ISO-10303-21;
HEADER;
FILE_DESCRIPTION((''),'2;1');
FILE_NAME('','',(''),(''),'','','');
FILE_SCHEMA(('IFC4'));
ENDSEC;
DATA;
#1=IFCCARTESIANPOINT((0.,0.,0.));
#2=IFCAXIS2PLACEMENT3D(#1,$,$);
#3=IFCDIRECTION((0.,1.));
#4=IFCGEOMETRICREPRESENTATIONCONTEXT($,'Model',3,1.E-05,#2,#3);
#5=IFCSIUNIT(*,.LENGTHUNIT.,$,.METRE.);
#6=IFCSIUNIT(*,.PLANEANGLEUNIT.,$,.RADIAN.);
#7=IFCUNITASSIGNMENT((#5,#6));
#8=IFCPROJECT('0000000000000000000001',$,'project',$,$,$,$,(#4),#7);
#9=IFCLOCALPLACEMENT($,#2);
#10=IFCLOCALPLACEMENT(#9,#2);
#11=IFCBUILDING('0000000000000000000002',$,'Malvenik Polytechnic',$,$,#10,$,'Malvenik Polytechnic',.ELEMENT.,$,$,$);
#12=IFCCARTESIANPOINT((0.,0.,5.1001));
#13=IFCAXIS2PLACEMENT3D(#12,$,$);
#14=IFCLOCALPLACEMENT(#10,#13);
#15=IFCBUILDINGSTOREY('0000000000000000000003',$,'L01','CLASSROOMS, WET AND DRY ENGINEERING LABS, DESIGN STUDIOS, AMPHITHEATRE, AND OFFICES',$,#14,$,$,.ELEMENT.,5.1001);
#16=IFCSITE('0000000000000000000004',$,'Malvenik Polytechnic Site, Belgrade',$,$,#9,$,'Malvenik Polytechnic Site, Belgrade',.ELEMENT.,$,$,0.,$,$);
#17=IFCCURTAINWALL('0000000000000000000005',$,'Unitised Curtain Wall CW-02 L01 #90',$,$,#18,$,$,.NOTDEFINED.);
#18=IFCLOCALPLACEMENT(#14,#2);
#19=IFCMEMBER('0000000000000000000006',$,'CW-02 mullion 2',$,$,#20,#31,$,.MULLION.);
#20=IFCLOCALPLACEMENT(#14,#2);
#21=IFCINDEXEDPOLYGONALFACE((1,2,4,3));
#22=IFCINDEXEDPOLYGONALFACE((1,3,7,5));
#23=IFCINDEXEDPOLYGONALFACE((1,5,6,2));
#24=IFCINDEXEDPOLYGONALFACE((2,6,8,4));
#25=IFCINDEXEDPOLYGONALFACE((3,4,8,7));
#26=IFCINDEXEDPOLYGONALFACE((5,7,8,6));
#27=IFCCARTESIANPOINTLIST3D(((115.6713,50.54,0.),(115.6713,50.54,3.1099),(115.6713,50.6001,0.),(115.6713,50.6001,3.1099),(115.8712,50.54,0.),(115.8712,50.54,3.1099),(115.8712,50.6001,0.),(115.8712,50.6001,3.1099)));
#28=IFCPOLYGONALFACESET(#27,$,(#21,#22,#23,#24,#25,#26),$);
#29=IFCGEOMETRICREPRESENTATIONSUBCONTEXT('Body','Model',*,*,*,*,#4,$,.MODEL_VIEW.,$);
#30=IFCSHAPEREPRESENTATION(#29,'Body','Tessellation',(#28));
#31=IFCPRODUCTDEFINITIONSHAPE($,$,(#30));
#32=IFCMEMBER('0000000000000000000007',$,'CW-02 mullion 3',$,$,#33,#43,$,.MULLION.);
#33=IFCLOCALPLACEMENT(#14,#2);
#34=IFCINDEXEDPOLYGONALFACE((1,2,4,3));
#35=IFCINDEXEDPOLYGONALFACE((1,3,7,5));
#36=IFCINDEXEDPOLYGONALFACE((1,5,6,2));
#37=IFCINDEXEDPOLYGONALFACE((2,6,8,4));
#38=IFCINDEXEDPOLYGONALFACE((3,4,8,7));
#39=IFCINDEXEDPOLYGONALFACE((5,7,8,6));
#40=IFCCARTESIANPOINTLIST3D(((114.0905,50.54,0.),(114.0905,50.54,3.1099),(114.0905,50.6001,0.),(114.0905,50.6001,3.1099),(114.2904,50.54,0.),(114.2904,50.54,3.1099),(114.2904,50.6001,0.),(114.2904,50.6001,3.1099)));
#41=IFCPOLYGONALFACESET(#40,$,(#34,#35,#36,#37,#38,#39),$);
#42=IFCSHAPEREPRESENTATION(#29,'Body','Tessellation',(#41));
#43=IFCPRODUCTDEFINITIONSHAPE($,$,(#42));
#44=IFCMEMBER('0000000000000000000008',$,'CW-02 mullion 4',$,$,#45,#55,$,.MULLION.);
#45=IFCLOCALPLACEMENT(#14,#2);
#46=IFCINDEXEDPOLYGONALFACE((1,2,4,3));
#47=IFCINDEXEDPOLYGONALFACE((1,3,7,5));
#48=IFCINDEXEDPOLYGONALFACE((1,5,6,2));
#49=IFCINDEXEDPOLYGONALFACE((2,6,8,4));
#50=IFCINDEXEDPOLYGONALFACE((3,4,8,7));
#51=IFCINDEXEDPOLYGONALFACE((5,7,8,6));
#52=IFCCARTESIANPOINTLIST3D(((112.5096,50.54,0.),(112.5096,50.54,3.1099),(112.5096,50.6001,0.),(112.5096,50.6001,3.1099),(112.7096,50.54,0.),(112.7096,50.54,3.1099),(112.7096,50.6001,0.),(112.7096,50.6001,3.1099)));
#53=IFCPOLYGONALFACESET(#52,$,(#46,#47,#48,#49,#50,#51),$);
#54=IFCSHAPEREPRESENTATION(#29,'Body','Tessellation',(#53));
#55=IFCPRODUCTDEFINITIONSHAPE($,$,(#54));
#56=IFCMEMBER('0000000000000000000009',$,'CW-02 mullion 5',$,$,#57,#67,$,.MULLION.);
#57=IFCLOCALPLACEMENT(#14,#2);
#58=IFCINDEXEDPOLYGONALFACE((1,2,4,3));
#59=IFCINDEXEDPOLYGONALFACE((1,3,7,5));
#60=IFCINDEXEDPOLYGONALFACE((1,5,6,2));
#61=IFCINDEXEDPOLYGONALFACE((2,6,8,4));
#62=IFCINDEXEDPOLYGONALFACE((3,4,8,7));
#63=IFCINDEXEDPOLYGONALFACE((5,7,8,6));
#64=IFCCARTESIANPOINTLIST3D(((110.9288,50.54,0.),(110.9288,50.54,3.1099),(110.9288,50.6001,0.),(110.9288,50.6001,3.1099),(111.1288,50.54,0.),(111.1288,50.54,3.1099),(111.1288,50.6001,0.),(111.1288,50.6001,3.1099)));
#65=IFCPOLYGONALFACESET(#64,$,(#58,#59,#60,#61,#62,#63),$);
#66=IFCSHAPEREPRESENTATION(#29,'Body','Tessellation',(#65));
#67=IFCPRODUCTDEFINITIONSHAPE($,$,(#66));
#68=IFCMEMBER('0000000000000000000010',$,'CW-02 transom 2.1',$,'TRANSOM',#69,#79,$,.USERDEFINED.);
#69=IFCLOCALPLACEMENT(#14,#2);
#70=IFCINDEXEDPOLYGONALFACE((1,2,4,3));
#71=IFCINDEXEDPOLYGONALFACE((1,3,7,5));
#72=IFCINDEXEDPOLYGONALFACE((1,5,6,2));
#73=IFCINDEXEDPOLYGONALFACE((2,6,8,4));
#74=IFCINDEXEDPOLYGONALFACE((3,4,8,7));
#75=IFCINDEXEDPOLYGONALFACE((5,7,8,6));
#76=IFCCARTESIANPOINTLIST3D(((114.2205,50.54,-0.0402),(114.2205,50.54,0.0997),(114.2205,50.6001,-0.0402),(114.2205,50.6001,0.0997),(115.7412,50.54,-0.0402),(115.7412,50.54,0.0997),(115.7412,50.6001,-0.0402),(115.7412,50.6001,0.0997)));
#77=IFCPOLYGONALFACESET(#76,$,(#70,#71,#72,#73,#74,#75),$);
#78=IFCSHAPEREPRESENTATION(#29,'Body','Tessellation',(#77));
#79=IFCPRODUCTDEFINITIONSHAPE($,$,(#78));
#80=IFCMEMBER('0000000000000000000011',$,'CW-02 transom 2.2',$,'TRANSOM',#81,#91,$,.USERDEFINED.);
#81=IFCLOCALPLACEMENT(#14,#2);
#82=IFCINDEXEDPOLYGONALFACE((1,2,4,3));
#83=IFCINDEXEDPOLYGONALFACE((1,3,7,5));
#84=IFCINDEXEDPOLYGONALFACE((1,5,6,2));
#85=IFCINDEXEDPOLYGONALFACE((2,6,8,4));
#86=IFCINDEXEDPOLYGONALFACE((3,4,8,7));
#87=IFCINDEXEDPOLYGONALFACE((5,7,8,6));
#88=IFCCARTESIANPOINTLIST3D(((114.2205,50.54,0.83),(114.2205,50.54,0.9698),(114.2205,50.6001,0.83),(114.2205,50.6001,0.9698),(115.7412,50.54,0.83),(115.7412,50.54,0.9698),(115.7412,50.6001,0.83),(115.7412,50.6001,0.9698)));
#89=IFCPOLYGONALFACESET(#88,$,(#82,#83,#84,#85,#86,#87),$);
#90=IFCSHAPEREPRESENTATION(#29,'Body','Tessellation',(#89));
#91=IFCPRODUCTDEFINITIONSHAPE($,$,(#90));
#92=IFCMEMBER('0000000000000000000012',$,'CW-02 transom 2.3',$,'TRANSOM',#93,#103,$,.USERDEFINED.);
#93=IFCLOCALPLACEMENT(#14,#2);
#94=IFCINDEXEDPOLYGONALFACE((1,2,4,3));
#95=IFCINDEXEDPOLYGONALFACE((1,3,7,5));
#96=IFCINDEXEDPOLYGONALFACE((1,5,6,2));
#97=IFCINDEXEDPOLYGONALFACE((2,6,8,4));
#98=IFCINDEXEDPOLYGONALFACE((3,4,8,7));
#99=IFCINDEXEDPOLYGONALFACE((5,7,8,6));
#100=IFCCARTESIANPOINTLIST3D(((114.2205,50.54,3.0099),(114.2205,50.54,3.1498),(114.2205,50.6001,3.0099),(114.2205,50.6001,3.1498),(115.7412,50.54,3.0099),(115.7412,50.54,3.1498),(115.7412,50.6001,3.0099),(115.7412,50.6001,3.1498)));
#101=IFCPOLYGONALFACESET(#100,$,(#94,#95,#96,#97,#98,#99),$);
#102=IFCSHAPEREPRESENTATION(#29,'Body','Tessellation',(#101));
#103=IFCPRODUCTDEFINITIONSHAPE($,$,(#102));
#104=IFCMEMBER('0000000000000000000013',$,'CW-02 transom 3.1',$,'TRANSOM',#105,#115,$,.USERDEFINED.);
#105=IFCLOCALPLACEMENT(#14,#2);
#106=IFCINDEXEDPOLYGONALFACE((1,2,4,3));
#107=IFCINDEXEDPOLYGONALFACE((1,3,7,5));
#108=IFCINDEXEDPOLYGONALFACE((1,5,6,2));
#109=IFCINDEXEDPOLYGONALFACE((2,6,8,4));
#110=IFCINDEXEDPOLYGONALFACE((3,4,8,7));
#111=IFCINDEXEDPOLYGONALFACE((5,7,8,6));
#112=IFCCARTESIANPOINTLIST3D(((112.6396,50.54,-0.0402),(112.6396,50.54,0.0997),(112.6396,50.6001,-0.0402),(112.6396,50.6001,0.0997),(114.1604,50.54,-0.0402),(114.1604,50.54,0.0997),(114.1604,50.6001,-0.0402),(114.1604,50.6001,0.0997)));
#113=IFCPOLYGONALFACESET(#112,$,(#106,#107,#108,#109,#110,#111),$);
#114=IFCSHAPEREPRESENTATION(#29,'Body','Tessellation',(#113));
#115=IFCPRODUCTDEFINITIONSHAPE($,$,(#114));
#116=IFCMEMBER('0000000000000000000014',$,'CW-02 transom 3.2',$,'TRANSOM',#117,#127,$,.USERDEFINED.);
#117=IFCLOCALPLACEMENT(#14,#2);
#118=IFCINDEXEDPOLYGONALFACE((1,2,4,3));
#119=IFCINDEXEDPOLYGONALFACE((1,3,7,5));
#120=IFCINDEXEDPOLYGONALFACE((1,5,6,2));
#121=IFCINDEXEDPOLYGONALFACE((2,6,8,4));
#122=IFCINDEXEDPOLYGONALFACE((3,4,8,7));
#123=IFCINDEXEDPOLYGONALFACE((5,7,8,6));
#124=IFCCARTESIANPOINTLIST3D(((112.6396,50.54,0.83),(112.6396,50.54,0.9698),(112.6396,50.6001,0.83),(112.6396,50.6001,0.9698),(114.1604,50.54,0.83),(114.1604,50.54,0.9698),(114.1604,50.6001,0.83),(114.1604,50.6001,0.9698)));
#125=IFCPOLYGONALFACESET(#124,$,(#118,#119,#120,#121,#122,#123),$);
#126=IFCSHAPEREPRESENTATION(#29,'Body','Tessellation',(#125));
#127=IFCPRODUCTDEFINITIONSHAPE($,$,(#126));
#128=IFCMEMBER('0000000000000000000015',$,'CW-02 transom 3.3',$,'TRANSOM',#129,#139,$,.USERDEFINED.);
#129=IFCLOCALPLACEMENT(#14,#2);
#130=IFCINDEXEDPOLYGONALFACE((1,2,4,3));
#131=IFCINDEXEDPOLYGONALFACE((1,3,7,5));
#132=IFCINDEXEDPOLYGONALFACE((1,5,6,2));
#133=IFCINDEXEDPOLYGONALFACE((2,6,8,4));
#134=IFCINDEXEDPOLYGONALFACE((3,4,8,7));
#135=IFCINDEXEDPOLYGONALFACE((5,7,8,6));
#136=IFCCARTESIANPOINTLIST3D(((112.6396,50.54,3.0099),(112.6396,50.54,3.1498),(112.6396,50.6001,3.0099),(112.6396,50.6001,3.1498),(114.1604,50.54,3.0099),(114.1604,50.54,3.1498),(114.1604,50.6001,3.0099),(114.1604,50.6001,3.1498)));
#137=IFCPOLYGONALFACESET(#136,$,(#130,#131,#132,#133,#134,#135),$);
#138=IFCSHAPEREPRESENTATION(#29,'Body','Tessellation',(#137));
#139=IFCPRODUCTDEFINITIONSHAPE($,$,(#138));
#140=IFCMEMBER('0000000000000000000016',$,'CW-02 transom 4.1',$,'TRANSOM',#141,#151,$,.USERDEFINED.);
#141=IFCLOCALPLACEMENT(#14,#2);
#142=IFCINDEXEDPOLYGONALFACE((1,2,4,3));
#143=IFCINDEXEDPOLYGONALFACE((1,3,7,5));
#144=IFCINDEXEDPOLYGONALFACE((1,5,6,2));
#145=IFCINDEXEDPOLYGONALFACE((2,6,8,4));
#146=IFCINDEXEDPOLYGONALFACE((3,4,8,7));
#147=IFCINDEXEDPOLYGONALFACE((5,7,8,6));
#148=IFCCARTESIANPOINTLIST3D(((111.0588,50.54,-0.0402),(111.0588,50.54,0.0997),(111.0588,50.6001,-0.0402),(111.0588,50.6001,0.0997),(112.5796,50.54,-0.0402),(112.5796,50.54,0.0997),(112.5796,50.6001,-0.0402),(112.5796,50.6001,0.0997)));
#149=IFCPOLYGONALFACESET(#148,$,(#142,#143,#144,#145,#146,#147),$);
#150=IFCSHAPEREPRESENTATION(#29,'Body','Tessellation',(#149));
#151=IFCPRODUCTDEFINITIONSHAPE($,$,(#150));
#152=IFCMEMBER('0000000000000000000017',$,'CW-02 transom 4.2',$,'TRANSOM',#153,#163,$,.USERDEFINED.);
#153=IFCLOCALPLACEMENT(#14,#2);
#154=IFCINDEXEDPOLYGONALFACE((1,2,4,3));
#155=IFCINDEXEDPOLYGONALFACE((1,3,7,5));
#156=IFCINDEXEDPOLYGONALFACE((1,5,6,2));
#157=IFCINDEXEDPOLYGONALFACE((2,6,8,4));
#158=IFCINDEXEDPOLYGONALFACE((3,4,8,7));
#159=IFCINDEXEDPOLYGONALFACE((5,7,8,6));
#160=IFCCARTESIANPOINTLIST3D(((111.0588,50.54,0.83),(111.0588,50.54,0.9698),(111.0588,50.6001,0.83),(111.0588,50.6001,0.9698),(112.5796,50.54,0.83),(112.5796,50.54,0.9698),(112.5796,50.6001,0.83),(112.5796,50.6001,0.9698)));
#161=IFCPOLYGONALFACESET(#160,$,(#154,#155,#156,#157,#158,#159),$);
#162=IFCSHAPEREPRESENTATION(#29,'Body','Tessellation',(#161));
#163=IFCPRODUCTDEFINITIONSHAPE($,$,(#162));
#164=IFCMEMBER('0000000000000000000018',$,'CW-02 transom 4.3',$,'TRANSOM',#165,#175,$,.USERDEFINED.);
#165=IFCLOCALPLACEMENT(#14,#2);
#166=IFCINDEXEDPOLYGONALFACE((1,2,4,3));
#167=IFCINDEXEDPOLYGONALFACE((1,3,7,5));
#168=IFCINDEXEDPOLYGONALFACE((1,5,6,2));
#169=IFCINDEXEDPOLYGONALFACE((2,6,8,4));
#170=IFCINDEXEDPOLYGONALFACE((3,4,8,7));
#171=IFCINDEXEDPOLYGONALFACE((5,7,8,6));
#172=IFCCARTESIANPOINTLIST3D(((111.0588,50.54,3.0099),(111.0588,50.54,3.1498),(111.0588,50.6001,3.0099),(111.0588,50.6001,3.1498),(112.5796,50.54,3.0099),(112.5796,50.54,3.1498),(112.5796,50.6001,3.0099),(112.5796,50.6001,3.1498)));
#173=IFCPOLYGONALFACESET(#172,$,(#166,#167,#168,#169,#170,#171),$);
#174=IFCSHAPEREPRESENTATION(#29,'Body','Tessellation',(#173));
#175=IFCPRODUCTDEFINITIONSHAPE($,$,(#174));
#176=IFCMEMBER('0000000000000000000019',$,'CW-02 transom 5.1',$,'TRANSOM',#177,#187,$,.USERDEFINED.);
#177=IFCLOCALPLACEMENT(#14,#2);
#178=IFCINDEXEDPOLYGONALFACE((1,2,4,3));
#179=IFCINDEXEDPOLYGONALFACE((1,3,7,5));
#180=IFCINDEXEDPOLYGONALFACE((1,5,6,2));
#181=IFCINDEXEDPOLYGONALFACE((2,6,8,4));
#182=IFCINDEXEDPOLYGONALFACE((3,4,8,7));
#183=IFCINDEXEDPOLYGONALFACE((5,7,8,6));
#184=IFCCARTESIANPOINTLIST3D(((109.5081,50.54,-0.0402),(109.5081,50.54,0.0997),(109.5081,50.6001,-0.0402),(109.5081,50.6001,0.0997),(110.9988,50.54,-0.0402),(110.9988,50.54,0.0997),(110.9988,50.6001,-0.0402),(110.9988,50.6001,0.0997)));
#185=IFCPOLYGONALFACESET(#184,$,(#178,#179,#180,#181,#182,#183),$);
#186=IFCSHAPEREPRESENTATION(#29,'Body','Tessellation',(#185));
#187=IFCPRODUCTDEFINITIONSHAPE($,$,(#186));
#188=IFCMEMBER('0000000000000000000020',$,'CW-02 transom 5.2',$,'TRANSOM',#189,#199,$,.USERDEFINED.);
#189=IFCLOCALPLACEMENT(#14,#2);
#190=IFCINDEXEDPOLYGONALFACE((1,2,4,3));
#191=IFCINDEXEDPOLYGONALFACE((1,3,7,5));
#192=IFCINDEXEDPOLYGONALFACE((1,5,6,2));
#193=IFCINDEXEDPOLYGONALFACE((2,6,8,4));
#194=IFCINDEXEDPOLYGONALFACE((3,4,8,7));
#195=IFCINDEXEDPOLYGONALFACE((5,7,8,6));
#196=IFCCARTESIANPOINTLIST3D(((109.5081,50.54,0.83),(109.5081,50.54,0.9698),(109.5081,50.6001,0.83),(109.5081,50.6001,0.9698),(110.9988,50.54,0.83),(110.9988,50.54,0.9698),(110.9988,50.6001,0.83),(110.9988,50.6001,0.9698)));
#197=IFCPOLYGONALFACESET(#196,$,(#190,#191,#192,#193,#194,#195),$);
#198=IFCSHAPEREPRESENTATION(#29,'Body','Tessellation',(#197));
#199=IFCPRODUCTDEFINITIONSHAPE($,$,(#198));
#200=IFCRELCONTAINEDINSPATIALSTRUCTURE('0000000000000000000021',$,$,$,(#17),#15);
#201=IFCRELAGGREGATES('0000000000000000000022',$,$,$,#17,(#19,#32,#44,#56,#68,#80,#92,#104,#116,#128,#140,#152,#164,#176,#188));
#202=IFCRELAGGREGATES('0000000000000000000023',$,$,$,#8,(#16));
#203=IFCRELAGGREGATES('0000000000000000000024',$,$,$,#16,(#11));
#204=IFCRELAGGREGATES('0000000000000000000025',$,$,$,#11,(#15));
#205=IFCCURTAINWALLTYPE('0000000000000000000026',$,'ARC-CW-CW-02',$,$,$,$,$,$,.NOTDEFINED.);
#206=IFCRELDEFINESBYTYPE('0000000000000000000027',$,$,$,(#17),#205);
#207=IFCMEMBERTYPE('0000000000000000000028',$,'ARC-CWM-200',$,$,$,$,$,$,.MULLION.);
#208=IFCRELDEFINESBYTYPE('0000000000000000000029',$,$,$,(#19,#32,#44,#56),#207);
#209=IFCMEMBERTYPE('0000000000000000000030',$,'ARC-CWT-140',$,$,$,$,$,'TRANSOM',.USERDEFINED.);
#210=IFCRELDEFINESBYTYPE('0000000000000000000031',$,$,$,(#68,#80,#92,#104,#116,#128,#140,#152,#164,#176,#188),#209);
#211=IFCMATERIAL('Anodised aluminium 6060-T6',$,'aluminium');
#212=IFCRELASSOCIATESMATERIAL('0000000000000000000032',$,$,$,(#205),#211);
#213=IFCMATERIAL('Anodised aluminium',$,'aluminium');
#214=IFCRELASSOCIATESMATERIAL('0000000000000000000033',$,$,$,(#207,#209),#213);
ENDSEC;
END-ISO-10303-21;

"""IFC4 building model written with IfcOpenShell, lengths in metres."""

from ifc_helpers import new_model, si_unit, direction, frame, origin, origin_2d, place, context, subcontext, project, spatial, rectangle, extrude, material, material_profile, profile_set, type_object, element, aggregate, save


model = new_model("IFC4")

# Units and contexts
model_context = context("Model", 3, precision=1e-05, world=origin(), true_north=direction((0.0, 1.0)))
body_context = subcontext(model_context, "Body", "Model", "MODEL_VIEW")
ifc_project = project(units=[si_unit("LENGTHUNIT", "METRE"), si_unit("PLANEANGLEUNIT", "RADIAN")], contexts=[model_context])

# Site, building, storey
site_placement = place(None, origin())
site = spatial("IfcSite", under=ifc_project, at=site_placement, Name="Malvenik Polytechnic Site, Belgrade", LongName="Malvenik Polytechnic Site, Belgrade", CompositionType="ELEMENT", RefElevation=0.0)
building_placement = place(site_placement, origin())
building = spatial("IfcBuilding", under=site, at=building_placement, Name="Malvenik Polytechnic", LongName="Malvenik Polytechnic", CompositionType="ELEMENT")
storey_placement = place(building_placement, frame((0.0, 0.0, 5.1001)))
storey = spatial("IfcBuildingStorey", under=building, at=storey_placement, Name="L01", Description="CLASSROOMS, WET AND DRY ENGINEERING LABS, DESIGN STUDIOS, AMPHITHEATRE, AND OFFICES", CompositionType="ELEMENT", Elevation=5.1001)

# Curtain wall, members
ifc_material_1 = material(Name="Anodised aluminium 6060-T6", Category="aluminium")
curtain_wall_type = type_object("IfcCurtainWallType", Name="ARC-CW-CW-02", PredefinedType="NOTDEFINED", material=ifc_material_1)
curtain_wall_placement = place(storey_placement, origin())
curtain_wall = element("IfcCurtainWall", 1, at=curtain_wall_placement, inside=storey, type_object=curtain_wall_type, Name="Unitised Curtain Wall CW-02 L01 #90", PredefinedType="NOTDEFINED")
ifc_material_2 = material(Name="Anodised aluminium", Category="aluminium")
ifc_material_profile_1 = material_profile(ifc_material_2, rectangle(XDim=0.0601, YDim=0.2, at=origin_2d()), Name="ALU MULLION 60x200")
ifc_profile_set_1 = profile_set([ifc_material_profile_1], Name="Anodised aluminium")
member_type_1 = type_object("IfcMemberType", Name="ARC-CWM-200", PredefinedType="MULLION", material=ifc_profile_set_1)
member_1_placement = place(storey_placement, frame((115.7712, 50.5701, 0.0), z_axis=(0.0, 0.0, 1.0), x_axis=(0.0, -1.0, 0.0)))
member_1 = element("IfcMember", 2, at=member_1_placement, type_object=member_type_1, Name="CW-02 mullion 2", PredefinedType="MULLION", context=body_context, shape_type="SweptSolid", body=[
    extrude(rectangle(XDim=0.0601, YDim=0.2, at=origin_2d()), origin(), (0.0, 0.0, 1.0), 3.1099),
])
member_2_placement = place(storey_placement, frame((114.1904, 50.5701, 0.0), z_axis=(0.0, 0.0, 1.0), x_axis=(0.0, -1.0, 0.0)))
member_2 = element("IfcMember", 3, at=member_2_placement, type_object=member_type_1, Name="CW-02 mullion 3", PredefinedType="MULLION", context=body_context, shape_type="SweptSolid", body=[
    extrude(rectangle(XDim=0.0601, YDim=0.2, at=origin_2d()), origin(), (0.0, 0.0, 1.0), 3.1099),
])
member_3_placement = place(storey_placement, frame((112.6096, 50.5701, 0.0), z_axis=(0.0, 0.0, 1.0), x_axis=(0.0, -1.0, 0.0)))
member_3 = element("IfcMember", 4, at=member_3_placement, type_object=member_type_1, Name="CW-02 mullion 4", PredefinedType="MULLION", context=body_context, shape_type="SweptSolid", body=[
    extrude(rectangle(XDim=0.0601, YDim=0.2, at=origin_2d()), origin(), (0.0, 0.0, 1.0), 3.1099),
])
member_4_placement = place(storey_placement, frame((111.0288, 50.5701, 0.0), z_axis=(0.0, 0.0, 1.0), x_axis=(0.0, -1.0, 0.0)))
member_4 = element("IfcMember", 5, at=member_4_placement, type_object=member_type_1, Name="CW-02 mullion 5", PredefinedType="MULLION", context=body_context, shape_type="SweptSolid", body=[
    extrude(rectangle(XDim=0.0601, YDim=0.2, at=origin_2d()), origin(), (0.0, 0.0, 1.0), 3.1099),
])
ifc_material_profile_2 = material_profile(ifc_material_2, rectangle(XDim=0.0601, YDim=0.1399, at=origin_2d()), Name="ALU TRANSOM 60x140")
ifc_profile_set_2 = profile_set([ifc_material_profile_2], Name="Anodised aluminium")
member_type_2 = type_object("IfcMemberType", Name="ARC-CWT-140", ElementType="TRANSOM", PredefinedType="USERDEFINED", material=ifc_profile_set_2)
member_5_placement = place(storey_placement, frame((115.7412, 50.5701, 0.0298), z_axis=(-1.0, 0.0, 0.0), x_axis=(0.0, -1.0, 0.0)))
member_5 = element("IfcMember", 6, at=member_5_placement, type_object=member_type_2, Name="CW-02 transom 2.1", ObjectType="TRANSOM", PredefinedType="USERDEFINED", context=body_context, shape_type="SweptSolid", body=[
    extrude(rectangle(XDim=0.0601, YDim=0.1399, at=origin_2d()), origin(), (0.0, 0.0, 1.0), 1.5208),
])
member_6_placement = place(storey_placement, frame((115.7412, 50.5701, 0.8999), z_axis=(-1.0, 0.0, 0.0), x_axis=(0.0, -1.0, 0.0)))
member_6 = element("IfcMember", 7, at=member_6_placement, type_object=member_type_2, Name="CW-02 transom 2.2", ObjectType="TRANSOM", PredefinedType="USERDEFINED", context=body_context, shape_type="SweptSolid", body=[
    extrude(rectangle(XDim=0.0601, YDim=0.1399, at=origin_2d()), origin(), (0.0, 0.0, 1.0), 1.5208),
])
member_7_placement = place(storey_placement, frame((115.7412, 50.5701, 3.0798), z_axis=(-1.0, 0.0, 0.0), x_axis=(0.0, -1.0, 0.0)))
member_7 = element("IfcMember", 8, at=member_7_placement, type_object=member_type_2, Name="CW-02 transom 2.3", ObjectType="TRANSOM", PredefinedType="USERDEFINED", context=body_context, shape_type="SweptSolid", body=[
    extrude(rectangle(XDim=0.0601, YDim=0.1399, at=origin_2d()), origin(), (0.0, 0.0, 1.0), 1.5208),
])
member_8_placement = place(storey_placement, frame((114.1604, 50.5701, 0.0298), z_axis=(-1.0, 0.0, 0.0), x_axis=(0.0, -1.0, 0.0)))
member_8 = element("IfcMember", 9, at=member_8_placement, type_object=member_type_2, Name="CW-02 transom 3.1", ObjectType="TRANSOM", PredefinedType="USERDEFINED", context=body_context, shape_type="SweptSolid", body=[
    extrude(rectangle(XDim=0.0601, YDim=0.1399, at=origin_2d()), origin(), (0.0, 0.0, 1.0), 1.5208),
])
member_9_placement = place(storey_placement, frame((114.1604, 50.5701, 0.8999), z_axis=(-1.0, 0.0, 0.0), x_axis=(0.0, -1.0, 0.0)))
member_9 = element("IfcMember", 10, at=member_9_placement, type_object=member_type_2, Name="CW-02 transom 3.2", ObjectType="TRANSOM", PredefinedType="USERDEFINED", context=body_context, shape_type="SweptSolid", body=[
    extrude(rectangle(XDim=0.0601, YDim=0.1399, at=origin_2d()), origin(), (0.0, 0.0, 1.0), 1.5208),
])
member_10_placement = place(storey_placement, frame((114.1604, 50.5701, 3.0798), z_axis=(-1.0, 0.0, 0.0), x_axis=(0.0, -1.0, 0.0)))
member_10 = element("IfcMember", 11, at=member_10_placement, type_object=member_type_2, Name="CW-02 transom 3.3", ObjectType="TRANSOM", PredefinedType="USERDEFINED", context=body_context, shape_type="SweptSolid", body=[
    extrude(rectangle(XDim=0.0601, YDim=0.1399, at=origin_2d()), origin(), (0.0, 0.0, 1.0), 1.5208),
])
member_11_placement = place(storey_placement, frame((112.5796, 50.5701, 0.0298), z_axis=(-1.0, 0.0, 0.0), x_axis=(0.0, -1.0, 0.0)))
member_11 = element("IfcMember", 12, at=member_11_placement, type_object=member_type_2, Name="CW-02 transom 4.1", ObjectType="TRANSOM", PredefinedType="USERDEFINED", context=body_context, shape_type="SweptSolid", body=[
    extrude(rectangle(XDim=0.0601, YDim=0.1399, at=origin_2d()), origin(), (0.0, 0.0, 1.0), 1.5208),
])
member_12_placement = place(storey_placement, frame((112.5796, 50.5701, 0.8999), z_axis=(-1.0, 0.0, 0.0), x_axis=(0.0, -1.0, 0.0)))
member_12 = element("IfcMember", 13, at=member_12_placement, type_object=member_type_2, Name="CW-02 transom 4.2", ObjectType="TRANSOM", PredefinedType="USERDEFINED", context=body_context, shape_type="SweptSolid", body=[
    extrude(rectangle(XDim=0.0601, YDim=0.1399, at=origin_2d()), origin(), (0.0, 0.0, 1.0), 1.5208),
])
member_13_placement = place(storey_placement, frame((112.5796, 50.5701, 3.0798), z_axis=(-1.0, 0.0, 0.0), x_axis=(0.0, -1.0, 0.0)))
member_13 = element("IfcMember", 14, at=member_13_placement, type_object=member_type_2, Name="CW-02 transom 4.3", ObjectType="TRANSOM", PredefinedType="USERDEFINED", context=body_context, shape_type="SweptSolid", body=[
    extrude(rectangle(XDim=0.0601, YDim=0.1399, at=origin_2d()), origin(), (0.0, 0.0, 1.0), 1.5208),
])
member_14_placement = place(storey_placement, frame((110.9988, 50.5701, 0.0298), z_axis=(-1.0, 0.0, 0.0), x_axis=(0.0, -1.0, 0.0)))
member_14 = element("IfcMember", 15, at=member_14_placement, type_object=member_type_2, Name="CW-02 transom 5.1", ObjectType="TRANSOM", PredefinedType="USERDEFINED", context=body_context, shape_type="SweptSolid", body=[
    extrude(rectangle(XDim=0.0601, YDim=0.1399, at=origin_2d()), origin(), (0.0, 0.0, 1.0), 1.4907),
])
member_15_placement = place(storey_placement, frame((110.9988, 50.5701, 0.8999), z_axis=(-1.0, 0.0, 0.0), x_axis=(0.0, -1.0, 0.0)))
member_15 = element("IfcMember", 16, at=member_15_placement, type_object=member_type_2, Name="CW-02 transom 5.2", ObjectType="TRANSOM", PredefinedType="USERDEFINED", context=body_context, shape_type="SweptSolid", body=[
    extrude(rectangle(XDim=0.0601, YDim=0.1399, at=origin_2d()), origin(), (0.0, 0.0, 1.0), 1.4907),
])

aggregate(curtain_wall, [member_1, member_2, member_3, member_4, member_5, member_6, member_7, member_8, member_9, member_10, member_11, member_12, member_13, member_14, member_15])

save(model, "model.ifc")
